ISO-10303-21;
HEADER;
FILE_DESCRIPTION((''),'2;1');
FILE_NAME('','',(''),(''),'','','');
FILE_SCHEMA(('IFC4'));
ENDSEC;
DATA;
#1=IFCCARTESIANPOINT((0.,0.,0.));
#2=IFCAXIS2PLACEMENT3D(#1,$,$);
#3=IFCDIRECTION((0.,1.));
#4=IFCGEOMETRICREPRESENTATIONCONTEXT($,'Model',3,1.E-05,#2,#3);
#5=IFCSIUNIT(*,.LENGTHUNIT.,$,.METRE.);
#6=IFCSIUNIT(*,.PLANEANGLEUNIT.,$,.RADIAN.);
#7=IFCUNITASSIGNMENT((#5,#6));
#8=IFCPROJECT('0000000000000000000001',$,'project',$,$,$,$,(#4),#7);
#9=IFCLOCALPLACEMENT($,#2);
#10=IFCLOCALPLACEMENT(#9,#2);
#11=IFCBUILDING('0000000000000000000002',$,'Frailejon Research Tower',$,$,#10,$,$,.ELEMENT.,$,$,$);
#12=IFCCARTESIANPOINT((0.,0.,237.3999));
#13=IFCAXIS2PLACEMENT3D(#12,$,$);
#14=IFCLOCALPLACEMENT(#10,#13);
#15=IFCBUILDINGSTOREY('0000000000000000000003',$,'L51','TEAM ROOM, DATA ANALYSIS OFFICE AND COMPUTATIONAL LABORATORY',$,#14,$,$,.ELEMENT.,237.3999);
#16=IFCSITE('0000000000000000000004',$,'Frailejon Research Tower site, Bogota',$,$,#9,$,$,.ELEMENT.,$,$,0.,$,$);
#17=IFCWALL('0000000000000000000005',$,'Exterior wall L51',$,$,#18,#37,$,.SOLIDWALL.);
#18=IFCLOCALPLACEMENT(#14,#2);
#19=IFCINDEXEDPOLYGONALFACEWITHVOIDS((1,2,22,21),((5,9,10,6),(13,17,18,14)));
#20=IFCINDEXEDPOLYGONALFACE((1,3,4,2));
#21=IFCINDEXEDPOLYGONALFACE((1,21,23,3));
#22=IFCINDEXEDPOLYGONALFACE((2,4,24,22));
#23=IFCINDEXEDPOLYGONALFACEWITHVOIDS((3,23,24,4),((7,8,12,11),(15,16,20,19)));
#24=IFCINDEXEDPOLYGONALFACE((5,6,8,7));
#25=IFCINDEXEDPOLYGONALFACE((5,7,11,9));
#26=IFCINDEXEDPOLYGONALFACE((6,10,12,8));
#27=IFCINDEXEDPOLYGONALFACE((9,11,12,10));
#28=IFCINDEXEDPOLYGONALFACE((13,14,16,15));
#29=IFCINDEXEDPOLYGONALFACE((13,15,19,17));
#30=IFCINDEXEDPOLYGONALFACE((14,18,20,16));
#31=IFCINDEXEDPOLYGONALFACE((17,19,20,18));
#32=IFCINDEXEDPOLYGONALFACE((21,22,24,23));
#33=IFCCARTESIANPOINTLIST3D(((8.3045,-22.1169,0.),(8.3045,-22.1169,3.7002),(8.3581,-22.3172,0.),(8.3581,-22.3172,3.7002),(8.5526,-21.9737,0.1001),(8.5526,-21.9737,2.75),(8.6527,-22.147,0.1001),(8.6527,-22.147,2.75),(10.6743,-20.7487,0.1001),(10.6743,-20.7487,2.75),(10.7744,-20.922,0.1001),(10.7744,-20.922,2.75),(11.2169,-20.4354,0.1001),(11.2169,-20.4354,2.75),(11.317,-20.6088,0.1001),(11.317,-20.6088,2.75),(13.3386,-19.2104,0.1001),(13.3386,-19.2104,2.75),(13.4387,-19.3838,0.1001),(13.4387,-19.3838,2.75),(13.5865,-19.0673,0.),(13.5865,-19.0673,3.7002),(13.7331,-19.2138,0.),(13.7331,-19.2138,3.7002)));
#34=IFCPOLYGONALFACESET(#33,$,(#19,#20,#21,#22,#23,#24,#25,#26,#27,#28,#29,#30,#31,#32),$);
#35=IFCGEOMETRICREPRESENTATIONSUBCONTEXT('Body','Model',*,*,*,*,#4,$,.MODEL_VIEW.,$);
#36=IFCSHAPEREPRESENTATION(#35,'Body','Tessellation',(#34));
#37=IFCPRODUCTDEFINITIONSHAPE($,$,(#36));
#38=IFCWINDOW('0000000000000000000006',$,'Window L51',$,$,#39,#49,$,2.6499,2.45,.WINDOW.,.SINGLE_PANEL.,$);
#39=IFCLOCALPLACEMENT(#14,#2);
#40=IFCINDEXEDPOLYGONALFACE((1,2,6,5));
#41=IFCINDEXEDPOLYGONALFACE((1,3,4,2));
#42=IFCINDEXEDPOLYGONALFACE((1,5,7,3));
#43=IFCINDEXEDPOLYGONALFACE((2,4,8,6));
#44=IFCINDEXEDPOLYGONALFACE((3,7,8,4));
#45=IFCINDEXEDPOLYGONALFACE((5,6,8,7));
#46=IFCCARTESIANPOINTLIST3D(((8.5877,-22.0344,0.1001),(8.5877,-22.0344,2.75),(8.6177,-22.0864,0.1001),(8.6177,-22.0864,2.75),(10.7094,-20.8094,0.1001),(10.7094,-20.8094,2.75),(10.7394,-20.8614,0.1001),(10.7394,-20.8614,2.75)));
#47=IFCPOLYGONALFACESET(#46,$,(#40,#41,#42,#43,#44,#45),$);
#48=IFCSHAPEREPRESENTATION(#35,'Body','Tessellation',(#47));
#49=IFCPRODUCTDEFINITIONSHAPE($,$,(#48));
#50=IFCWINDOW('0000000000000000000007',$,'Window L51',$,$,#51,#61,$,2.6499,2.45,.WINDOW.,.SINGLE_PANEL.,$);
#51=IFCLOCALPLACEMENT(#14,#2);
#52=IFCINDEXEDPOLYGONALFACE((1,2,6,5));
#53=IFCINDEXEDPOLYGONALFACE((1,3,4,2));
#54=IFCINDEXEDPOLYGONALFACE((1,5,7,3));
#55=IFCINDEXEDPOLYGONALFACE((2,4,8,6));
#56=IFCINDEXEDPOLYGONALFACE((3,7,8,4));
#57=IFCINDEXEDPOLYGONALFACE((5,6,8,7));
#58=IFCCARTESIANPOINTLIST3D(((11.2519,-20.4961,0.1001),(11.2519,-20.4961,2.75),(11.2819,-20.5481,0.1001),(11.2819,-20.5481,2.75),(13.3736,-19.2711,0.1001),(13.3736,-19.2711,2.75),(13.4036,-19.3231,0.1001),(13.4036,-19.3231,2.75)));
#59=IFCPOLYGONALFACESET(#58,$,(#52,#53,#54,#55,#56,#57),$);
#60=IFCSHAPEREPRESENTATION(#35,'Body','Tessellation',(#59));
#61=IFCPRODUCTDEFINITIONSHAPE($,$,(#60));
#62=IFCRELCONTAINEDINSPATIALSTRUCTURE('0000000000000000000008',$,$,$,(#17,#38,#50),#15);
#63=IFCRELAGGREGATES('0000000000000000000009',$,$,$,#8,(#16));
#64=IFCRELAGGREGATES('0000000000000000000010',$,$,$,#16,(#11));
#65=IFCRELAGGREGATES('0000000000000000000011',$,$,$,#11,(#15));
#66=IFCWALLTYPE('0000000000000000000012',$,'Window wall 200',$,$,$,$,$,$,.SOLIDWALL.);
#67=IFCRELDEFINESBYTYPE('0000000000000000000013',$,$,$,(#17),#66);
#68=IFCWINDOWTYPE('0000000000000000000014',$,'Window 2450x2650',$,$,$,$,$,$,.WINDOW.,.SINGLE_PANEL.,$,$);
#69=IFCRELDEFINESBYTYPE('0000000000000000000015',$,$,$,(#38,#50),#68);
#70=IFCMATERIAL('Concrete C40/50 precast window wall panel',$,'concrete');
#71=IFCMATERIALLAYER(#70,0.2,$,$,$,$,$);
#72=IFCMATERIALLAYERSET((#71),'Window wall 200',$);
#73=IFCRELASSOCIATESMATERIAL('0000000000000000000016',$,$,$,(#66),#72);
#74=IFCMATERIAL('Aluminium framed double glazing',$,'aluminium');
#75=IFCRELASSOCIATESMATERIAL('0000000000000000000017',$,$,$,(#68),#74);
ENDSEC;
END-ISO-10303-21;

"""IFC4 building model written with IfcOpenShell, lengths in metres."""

from ifc_helpers import new_model, si_unit, direction, frame, frame_2d, origin, place, context, subcontext, project, spatial, polyline, rectangle, outline, extrude, material, layer, layer_set, type_object, element, fill, save


model = new_model("IFC4")

# Units and contexts
model_context = context("Model", 3, precision=1e-05, world=origin(), true_north=direction((0.0, 1.0)))
body_context = subcontext(model_context, "Body", "Model", "MODEL_VIEW")
ifc_project = project(units=[si_unit("LENGTHUNIT", "METRE"), si_unit("PLANEANGLEUNIT", "RADIAN")], contexts=[model_context])

# Site, building, storey
site_placement = place(None, origin())
site = spatial("IfcSite", under=ifc_project, at=site_placement, Name="Frailejon Research Tower site, Bogota", CompositionType="ELEMENT", RefElevation=0.0)
building_placement = place(site_placement, origin())
building = spatial("IfcBuilding", under=site, at=building_placement, Name="Frailejon Research Tower", CompositionType="ELEMENT")
storey_placement = place(building_placement, frame((0.0, 0.0, 237.3999)))
storey = spatial("IfcBuildingStorey", under=building, at=storey_placement, Name="L51", Description="TEAM ROOM, DATA ANALYSIS OFFICE AND COMPUTATIONAL LABORATORY", CompositionType="ELEMENT", Elevation=237.3999)

# Wall, openings, windows
ifc_material_1 = material(Name="Concrete C40/50 precast window wall panel", Category="concrete")
ifc_layer_1 = layer(ifc_material_1, 0.2)
ifc_layer_set_1 = layer_set([ifc_layer_1], Name="Window wall 200")
wall_type_1 = type_object("IfcWallType", Name="Window wall 200", PredefinedType="SOLIDWALL", material=ifc_layer_set_1)
wall_1_placement = place(storey_placement, frame((8.3313, -22.217, 0.0), z_axis=(0.0, 0.0, 1.0), x_axis=(0.86602, 0.50001, 0.0)))
wall_1 = element("IfcWall", 1, at=wall_1_placement, inside=storey, type_object=wall_type_1, Name="Exterior wall L51", PredefinedType="SOLIDWALL", context=body_context, shape_type="SweptSolid", body=[
    extrude(outline(polyline([(-0.0269, -0.1001), (1.0076, -0.1001), (2.042, -0.1001), (3.0764, -0.1001), (4.1108, -0.1001), (5.1453, -0.1001), (6.1797, -0.1001), (6.126, 0.1001), (5.1094, 0.1001), (4.093, 0.1001), (3.0764, 0.1001), (2.0598, 0.1001), (1.0435, 0.1001), (0.0269, 0.1001), (-0.0269, -0.1001)])), origin(), (0.0, 0.0, 1.0), 3.7002),
])
opening_1_placement = place(wall_1_placement, frame((0.3132, 0.0, 0.1001)))
opening_1 = element("IfcOpeningElement", 2, at=opening_1_placement, cuts=wall_1, PredefinedType="OPENING", context=body_context, shape_type="SweptSolid", body=[
    extrude(rectangle(XDim=2.45, YDim=2.6499, at=frame_2d((1.2251, 1.325))), frame((0.0, 0.1099, 0.0), z_axis=(0.0, -1.0, 0.0), x_axis=(1.0, 0.0, 0.0)), (0.0, 0.0, 1.0), 0.22),
])
opening_2_placement = place(wall_1_placement, frame((3.3896, 0.0, 0.1001)))
opening_2 = element("IfcOpeningElement", 3, at=opening_2_placement, cuts=wall_1, PredefinedType="OPENING", context=body_context, shape_type="SweptSolid", body=[
    extrude(rectangle(XDim=2.45, YDim=2.6499, at=frame_2d((1.2251, 1.325))), frame((0.0, 0.1099, 0.0), z_axis=(0.0, -1.0, 0.0), x_axis=(1.0, 0.0, 0.0)), (0.0, 0.0, 1.0), 0.22),
])
ifc_material_2 = material(Name="Aluminium framed double glazing", Category="aluminium")
window_type = type_object("IfcWindowType", Name="Window 2450x2650", PartitioningType="SINGLE_PANEL", PredefinedType="WINDOW", material=ifc_material_2)
window_1_placement = place(opening_1_placement, origin())
window_1 = element("IfcWindow", 4, at=window_1_placement, inside=storey, type_object=window_type, Name="Window L51", OverallHeight=2.6499, OverallWidth=2.45, PartitioningType="SINGLE_PANEL", PredefinedType="WINDOW", context=body_context, shape_type="SweptSolid", body=[
    extrude(rectangle(XDim=2.45, YDim=2.6499, at=frame_2d((1.2251, 1.325))), frame((0.0, 0.03, 0.0), z_axis=(0.0, -1.0, 0.0), x_axis=(1.0, 0.0, 0.0)), (0.0, 0.0, 1.0), 0.0601),
])
fill(opening_1, window_1)
window_2_placement = place(opening_2_placement, origin())
window_2 = element("IfcWindow", 5, at=window_2_placement, inside=storey, type_object=window_type, Name="Window L51", OverallHeight=2.6499, OverallWidth=2.45, PartitioningType="SINGLE_PANEL", PredefinedType="WINDOW", context=body_context, shape_type="SweptSolid", body=[
    extrude(rectangle(XDim=2.45, YDim=2.6499, at=frame_2d((1.2251, 1.325))), frame((0.0, 0.03, 0.0), z_axis=(0.0, -1.0, 0.0), x_axis=(1.0, 0.0, 0.0)), (0.0, 0.0, 1.0), 0.0601),
])
fill(opening_2, window_2)

save(model, "model.ifc")
